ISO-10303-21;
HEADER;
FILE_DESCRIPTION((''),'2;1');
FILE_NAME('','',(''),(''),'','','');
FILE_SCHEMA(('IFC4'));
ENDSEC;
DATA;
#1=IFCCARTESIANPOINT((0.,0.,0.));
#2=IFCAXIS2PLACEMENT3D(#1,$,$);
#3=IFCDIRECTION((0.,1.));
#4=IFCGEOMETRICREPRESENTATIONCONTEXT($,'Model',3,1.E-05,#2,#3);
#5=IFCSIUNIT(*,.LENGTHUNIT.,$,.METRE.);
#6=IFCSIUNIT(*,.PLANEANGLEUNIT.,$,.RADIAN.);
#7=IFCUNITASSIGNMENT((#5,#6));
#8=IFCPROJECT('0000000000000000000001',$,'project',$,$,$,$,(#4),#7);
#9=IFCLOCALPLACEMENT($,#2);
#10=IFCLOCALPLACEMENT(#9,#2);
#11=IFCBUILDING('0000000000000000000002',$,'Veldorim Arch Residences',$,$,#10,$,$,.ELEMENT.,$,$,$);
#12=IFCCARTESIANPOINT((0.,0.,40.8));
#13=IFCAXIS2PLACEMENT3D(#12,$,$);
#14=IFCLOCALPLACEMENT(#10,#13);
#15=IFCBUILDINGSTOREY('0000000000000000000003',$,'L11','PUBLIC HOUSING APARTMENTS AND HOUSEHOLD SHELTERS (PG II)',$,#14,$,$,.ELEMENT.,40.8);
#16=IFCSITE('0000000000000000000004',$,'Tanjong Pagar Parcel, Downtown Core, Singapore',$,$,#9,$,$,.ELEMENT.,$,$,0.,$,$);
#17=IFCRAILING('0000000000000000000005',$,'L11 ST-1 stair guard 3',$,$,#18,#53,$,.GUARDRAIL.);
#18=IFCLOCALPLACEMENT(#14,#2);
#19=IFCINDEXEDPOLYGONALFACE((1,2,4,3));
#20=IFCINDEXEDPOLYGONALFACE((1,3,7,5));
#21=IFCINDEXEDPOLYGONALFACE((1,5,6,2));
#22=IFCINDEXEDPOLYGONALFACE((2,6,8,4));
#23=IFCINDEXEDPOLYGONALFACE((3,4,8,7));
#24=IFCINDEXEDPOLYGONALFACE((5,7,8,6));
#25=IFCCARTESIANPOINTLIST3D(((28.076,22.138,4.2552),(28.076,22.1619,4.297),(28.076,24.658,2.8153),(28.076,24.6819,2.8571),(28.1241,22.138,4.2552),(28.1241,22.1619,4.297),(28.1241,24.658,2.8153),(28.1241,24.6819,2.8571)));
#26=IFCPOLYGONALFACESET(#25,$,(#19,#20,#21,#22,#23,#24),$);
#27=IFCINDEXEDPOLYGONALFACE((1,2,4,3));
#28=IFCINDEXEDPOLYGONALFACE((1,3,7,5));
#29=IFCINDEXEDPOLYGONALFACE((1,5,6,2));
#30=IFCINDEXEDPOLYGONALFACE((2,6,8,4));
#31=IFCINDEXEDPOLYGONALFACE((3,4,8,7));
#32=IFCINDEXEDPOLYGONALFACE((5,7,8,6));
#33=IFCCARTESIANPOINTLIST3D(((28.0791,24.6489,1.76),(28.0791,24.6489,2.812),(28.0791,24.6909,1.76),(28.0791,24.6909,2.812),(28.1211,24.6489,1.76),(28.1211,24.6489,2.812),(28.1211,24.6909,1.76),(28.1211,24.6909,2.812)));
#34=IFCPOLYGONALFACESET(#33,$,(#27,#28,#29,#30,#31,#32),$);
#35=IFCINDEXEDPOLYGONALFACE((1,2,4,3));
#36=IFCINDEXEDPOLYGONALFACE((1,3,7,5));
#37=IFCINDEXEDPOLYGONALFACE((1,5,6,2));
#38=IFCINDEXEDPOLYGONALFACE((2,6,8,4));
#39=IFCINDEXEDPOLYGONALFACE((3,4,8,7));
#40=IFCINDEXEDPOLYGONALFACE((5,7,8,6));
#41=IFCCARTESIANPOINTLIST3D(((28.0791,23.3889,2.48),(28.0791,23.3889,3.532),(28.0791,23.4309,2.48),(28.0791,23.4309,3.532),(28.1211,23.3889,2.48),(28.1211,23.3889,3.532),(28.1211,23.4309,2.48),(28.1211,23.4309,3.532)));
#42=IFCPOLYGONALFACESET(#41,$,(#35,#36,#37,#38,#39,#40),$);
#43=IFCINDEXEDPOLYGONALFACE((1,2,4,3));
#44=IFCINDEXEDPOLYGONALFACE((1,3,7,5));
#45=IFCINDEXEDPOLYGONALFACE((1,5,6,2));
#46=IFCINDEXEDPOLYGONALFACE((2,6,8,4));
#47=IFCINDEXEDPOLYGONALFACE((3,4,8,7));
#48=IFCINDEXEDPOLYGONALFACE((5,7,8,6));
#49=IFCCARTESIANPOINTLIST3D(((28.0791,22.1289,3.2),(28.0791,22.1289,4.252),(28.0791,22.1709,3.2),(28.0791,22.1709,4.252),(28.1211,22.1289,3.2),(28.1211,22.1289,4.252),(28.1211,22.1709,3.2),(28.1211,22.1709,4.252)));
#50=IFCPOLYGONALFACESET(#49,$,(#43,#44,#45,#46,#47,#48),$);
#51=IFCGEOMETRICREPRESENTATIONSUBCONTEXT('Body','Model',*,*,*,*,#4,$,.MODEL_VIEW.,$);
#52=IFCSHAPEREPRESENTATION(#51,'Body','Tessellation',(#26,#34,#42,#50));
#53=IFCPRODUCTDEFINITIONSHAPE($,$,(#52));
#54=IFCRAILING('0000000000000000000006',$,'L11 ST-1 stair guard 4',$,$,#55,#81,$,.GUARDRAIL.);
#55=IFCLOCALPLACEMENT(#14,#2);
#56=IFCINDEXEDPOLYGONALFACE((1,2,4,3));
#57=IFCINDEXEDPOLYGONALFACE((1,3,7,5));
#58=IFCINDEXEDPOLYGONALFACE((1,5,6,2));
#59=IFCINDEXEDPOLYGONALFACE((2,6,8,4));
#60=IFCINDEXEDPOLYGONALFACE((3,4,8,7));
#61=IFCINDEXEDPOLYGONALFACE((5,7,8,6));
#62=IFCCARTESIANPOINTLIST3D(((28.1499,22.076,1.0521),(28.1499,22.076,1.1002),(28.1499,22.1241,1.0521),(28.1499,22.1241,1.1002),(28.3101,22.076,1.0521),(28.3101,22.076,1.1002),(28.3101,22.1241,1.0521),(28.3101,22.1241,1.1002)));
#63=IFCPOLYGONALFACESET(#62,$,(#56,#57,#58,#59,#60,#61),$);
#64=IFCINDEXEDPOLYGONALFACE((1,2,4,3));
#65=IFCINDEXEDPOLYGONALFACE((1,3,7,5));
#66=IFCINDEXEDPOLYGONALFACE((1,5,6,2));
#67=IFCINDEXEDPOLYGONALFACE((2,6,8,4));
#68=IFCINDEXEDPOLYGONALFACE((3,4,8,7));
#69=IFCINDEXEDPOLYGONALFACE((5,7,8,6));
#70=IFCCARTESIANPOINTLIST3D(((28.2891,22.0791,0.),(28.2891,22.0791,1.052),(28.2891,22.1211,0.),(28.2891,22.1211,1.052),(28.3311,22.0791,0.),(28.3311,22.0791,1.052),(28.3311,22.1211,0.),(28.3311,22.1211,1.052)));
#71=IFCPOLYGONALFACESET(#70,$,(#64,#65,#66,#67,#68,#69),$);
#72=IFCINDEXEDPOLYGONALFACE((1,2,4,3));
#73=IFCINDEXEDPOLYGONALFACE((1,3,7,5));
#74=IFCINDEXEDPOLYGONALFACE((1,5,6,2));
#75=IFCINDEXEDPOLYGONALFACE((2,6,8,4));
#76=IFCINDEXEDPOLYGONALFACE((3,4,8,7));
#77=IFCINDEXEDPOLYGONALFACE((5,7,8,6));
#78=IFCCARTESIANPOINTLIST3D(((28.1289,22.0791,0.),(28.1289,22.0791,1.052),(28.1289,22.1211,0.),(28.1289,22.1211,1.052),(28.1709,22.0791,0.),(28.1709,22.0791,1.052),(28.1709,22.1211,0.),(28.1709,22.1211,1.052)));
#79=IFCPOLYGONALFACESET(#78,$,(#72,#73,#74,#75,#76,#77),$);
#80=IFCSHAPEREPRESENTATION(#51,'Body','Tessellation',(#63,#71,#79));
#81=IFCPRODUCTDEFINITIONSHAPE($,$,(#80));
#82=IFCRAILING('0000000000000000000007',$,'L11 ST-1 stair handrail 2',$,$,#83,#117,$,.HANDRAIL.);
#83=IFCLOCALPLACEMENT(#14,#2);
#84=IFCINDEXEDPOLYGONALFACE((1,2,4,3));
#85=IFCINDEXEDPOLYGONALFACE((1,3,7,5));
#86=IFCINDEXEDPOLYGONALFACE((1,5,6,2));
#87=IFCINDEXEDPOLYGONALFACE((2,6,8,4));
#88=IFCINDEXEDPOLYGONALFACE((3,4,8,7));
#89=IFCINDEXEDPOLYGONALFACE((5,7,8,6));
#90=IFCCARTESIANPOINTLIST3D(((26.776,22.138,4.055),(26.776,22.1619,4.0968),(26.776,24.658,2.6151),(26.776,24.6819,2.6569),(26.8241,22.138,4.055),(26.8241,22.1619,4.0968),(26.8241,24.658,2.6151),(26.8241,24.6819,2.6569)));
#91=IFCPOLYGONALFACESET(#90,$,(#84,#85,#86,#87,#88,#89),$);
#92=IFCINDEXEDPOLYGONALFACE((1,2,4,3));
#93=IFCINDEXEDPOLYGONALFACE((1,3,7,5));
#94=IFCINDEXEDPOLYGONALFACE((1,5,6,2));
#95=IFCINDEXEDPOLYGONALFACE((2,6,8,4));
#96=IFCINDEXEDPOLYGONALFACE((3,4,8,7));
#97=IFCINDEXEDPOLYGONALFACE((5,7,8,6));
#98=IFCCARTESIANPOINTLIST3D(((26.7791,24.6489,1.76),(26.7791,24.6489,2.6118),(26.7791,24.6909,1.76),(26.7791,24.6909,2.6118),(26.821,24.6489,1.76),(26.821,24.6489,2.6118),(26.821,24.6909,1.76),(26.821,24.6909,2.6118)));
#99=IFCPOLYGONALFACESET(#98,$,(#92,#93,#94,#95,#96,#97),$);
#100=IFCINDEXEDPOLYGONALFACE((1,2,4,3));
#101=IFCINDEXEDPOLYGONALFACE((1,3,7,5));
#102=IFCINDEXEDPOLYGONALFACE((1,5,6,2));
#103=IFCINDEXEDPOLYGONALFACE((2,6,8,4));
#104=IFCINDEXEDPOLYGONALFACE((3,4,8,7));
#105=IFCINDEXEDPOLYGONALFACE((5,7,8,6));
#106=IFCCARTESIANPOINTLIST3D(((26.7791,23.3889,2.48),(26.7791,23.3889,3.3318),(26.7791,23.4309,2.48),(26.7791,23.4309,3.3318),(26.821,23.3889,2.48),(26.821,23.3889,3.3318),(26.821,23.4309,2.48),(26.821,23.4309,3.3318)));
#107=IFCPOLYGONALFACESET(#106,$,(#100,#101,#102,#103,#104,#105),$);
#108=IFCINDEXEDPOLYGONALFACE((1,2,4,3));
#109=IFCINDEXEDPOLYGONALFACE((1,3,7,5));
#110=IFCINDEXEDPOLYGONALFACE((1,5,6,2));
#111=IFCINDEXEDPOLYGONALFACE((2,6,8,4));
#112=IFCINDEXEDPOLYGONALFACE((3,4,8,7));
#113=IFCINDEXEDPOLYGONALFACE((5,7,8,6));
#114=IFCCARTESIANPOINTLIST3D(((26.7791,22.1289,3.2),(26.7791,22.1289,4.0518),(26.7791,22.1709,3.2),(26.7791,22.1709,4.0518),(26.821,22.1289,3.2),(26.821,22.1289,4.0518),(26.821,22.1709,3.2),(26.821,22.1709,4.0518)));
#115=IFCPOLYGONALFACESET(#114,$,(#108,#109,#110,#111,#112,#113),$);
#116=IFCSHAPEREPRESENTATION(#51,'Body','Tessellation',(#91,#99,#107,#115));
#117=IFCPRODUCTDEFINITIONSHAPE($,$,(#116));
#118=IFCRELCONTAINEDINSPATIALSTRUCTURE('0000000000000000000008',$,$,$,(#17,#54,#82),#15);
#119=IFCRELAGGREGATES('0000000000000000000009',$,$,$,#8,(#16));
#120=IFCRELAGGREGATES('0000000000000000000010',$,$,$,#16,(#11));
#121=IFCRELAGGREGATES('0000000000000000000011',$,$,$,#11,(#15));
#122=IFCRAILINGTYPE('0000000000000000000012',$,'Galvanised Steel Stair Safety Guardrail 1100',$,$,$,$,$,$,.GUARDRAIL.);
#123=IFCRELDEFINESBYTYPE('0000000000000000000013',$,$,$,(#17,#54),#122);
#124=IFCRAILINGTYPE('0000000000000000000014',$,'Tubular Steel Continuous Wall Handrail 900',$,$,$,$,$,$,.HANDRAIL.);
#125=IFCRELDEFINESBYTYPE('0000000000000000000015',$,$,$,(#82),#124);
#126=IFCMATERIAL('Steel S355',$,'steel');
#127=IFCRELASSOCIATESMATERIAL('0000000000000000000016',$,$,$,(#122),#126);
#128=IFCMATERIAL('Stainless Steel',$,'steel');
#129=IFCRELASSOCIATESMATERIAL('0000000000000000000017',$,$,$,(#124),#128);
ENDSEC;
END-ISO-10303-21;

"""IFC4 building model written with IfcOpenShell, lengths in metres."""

from ifc_helpers import new_model, si_unit, direction, frame, origin, origin_2d, place, context, subcontext, project, spatial, rectangle, extrude, material, type_object, element, save


model = new_model("IFC4")

# Units and contexts
model_context = context("Model", 3, precision=1e-05, world=origin(), true_north=direction((0.0, 1.0)))
body_context = subcontext(model_context, "Body", "Model", "MODEL_VIEW")
ifc_project = project(units=[si_unit("LENGTHUNIT", "METRE"), si_unit("PLANEANGLEUNIT", "RADIAN")], contexts=[model_context])

# Site, building, storey
site_placement = place(None, origin())
site = spatial("IfcSite", under=ifc_project, at=site_placement, Name="Tanjong Pagar Parcel, Downtown Core, Singapore", CompositionType="ELEMENT", RefElevation=0.0)
building_placement = place(site_placement, origin())
building = spatial("IfcBuilding", under=site, at=building_placement, Name="Veldorim Arch Residences", CompositionType="ELEMENT")
storey_placement = place(building_placement, frame((0.0, 0.0, 40.8)))
storey = spatial("IfcBuildingStorey", under=building, at=storey_placement, Name="L11", Description="PUBLIC HOUSING APARTMENTS AND HOUSEHOLD SHELTERS (PG II)", CompositionType="ELEMENT", Elevation=40.8)

# Railings
ifc_material_1 = material(Name="Steel S355", Category="steel")
railing_type_1 = type_object("IfcRailingType", Name="Galvanised Steel Stair Safety Guardrail 1100", PredefinedType="GUARDRAIL", material=ifc_material_1)
railing_1_placement = place(storey_placement, frame((28.1001, 24.6699, 1.76)))
element("IfcRailing", 1, at=railing_1_placement, inside=storey, type_object=railing_type_1, Name="L11 ST-1 stair guard 3", PredefinedType="GUARDRAIL", context=body_context, shape_type="SweptSolid", body=[
    extrude(rectangle(XDim=0.0481, YDim=0.0481, at=origin_2d()), frame((0.0, 0.0, 1.0762), z_axis=(0.0, -0.868253, 0.496121), x_axis=(1.0, 0.0, 0.0)), (0.0, 0.0, 1.0), 2.9023),
    extrude(rectangle(XDim=0.042, YDim=0.042, at=origin_2d()), origin(), (0.0, 0.0, 1.0), 1.052),
    extrude(rectangle(XDim=0.042, YDim=0.042, at=origin_2d()), frame((0.0, -1.26, 0.72)), (0.0, 0.0, 1.0), 1.052),
    extrude(rectangle(XDim=0.042, YDim=0.042, at=origin_2d()), frame((0.0, -2.52, 1.4399)), (0.0, 0.0, 1.0), 1.052),
])
railing_2_placement = place(storey_placement, frame((28.3101, 22.1001, 0.0)))
element("IfcRailing", 2, at=railing_2_placement, inside=storey, type_object=railing_type_1, Name="L11 ST-1 stair guard 4", PredefinedType="GUARDRAIL", context=body_context, shape_type="SweptSolid", body=[
    extrude(rectangle(XDim=0.0481, YDim=0.0481, at=origin_2d()), frame((0.0, 0.0, 1.0762), z_axis=(-1.0, 0.0, 0.0), x_axis=(0.0, -1.0, 0.0)), (0.0, 0.0, 1.0), 0.1602),
    extrude(rectangle(XDim=0.042, YDim=0.042, at=origin_2d()), origin(), (0.0, 0.0, 1.0), 1.052),
    extrude(rectangle(XDim=0.042, YDim=0.042, at=origin_2d()), frame((-0.1602, 0.0, 0.0)), (0.0, 0.0, 1.0), 1.052),
])
ifc_material_2 = material(Name="Stainless Steel", Category="steel")
railing_type_2 = type_object("IfcRailingType", Name="Tubular Steel Continuous Wall Handrail 900", PredefinedType="HANDRAIL", material=ifc_material_2)
railing_3_placement = place(storey_placement, frame((26.8, 24.6699, 1.76)))
element("IfcRailing", 3, at=railing_3_placement, inside=storey, type_object=railing_type_2, Name="L11 ST-1 stair handrail 2", PredefinedType="HANDRAIL", context=body_context, shape_type="SweptSolid", body=[
    extrude(rectangle(XDim=0.0481, YDim=0.0481, at=origin_2d()), frame((0.0, 0.0, 0.876), z_axis=(0.0, -0.868253, 0.496121), x_axis=(1.0, 0.0, 0.0)), (0.0, 0.0, 1.0), 2.9023),
    extrude(rectangle(XDim=0.042, YDim=0.042, at=origin_2d()), origin(), (0.0, 0.0, 1.0), 0.8518),
    extrude(rectangle(XDim=0.042, YDim=0.042, at=origin_2d()), frame((0.0, -1.26, 0.72)), (0.0, 0.0, 1.0), 0.8518),
    extrude(rectangle(XDim=0.042, YDim=0.042, at=origin_2d()), frame((0.0, -2.52, 1.4399)), (0.0, 0.0, 1.0), 0.8518),
])

save(model, "model.ifc")
